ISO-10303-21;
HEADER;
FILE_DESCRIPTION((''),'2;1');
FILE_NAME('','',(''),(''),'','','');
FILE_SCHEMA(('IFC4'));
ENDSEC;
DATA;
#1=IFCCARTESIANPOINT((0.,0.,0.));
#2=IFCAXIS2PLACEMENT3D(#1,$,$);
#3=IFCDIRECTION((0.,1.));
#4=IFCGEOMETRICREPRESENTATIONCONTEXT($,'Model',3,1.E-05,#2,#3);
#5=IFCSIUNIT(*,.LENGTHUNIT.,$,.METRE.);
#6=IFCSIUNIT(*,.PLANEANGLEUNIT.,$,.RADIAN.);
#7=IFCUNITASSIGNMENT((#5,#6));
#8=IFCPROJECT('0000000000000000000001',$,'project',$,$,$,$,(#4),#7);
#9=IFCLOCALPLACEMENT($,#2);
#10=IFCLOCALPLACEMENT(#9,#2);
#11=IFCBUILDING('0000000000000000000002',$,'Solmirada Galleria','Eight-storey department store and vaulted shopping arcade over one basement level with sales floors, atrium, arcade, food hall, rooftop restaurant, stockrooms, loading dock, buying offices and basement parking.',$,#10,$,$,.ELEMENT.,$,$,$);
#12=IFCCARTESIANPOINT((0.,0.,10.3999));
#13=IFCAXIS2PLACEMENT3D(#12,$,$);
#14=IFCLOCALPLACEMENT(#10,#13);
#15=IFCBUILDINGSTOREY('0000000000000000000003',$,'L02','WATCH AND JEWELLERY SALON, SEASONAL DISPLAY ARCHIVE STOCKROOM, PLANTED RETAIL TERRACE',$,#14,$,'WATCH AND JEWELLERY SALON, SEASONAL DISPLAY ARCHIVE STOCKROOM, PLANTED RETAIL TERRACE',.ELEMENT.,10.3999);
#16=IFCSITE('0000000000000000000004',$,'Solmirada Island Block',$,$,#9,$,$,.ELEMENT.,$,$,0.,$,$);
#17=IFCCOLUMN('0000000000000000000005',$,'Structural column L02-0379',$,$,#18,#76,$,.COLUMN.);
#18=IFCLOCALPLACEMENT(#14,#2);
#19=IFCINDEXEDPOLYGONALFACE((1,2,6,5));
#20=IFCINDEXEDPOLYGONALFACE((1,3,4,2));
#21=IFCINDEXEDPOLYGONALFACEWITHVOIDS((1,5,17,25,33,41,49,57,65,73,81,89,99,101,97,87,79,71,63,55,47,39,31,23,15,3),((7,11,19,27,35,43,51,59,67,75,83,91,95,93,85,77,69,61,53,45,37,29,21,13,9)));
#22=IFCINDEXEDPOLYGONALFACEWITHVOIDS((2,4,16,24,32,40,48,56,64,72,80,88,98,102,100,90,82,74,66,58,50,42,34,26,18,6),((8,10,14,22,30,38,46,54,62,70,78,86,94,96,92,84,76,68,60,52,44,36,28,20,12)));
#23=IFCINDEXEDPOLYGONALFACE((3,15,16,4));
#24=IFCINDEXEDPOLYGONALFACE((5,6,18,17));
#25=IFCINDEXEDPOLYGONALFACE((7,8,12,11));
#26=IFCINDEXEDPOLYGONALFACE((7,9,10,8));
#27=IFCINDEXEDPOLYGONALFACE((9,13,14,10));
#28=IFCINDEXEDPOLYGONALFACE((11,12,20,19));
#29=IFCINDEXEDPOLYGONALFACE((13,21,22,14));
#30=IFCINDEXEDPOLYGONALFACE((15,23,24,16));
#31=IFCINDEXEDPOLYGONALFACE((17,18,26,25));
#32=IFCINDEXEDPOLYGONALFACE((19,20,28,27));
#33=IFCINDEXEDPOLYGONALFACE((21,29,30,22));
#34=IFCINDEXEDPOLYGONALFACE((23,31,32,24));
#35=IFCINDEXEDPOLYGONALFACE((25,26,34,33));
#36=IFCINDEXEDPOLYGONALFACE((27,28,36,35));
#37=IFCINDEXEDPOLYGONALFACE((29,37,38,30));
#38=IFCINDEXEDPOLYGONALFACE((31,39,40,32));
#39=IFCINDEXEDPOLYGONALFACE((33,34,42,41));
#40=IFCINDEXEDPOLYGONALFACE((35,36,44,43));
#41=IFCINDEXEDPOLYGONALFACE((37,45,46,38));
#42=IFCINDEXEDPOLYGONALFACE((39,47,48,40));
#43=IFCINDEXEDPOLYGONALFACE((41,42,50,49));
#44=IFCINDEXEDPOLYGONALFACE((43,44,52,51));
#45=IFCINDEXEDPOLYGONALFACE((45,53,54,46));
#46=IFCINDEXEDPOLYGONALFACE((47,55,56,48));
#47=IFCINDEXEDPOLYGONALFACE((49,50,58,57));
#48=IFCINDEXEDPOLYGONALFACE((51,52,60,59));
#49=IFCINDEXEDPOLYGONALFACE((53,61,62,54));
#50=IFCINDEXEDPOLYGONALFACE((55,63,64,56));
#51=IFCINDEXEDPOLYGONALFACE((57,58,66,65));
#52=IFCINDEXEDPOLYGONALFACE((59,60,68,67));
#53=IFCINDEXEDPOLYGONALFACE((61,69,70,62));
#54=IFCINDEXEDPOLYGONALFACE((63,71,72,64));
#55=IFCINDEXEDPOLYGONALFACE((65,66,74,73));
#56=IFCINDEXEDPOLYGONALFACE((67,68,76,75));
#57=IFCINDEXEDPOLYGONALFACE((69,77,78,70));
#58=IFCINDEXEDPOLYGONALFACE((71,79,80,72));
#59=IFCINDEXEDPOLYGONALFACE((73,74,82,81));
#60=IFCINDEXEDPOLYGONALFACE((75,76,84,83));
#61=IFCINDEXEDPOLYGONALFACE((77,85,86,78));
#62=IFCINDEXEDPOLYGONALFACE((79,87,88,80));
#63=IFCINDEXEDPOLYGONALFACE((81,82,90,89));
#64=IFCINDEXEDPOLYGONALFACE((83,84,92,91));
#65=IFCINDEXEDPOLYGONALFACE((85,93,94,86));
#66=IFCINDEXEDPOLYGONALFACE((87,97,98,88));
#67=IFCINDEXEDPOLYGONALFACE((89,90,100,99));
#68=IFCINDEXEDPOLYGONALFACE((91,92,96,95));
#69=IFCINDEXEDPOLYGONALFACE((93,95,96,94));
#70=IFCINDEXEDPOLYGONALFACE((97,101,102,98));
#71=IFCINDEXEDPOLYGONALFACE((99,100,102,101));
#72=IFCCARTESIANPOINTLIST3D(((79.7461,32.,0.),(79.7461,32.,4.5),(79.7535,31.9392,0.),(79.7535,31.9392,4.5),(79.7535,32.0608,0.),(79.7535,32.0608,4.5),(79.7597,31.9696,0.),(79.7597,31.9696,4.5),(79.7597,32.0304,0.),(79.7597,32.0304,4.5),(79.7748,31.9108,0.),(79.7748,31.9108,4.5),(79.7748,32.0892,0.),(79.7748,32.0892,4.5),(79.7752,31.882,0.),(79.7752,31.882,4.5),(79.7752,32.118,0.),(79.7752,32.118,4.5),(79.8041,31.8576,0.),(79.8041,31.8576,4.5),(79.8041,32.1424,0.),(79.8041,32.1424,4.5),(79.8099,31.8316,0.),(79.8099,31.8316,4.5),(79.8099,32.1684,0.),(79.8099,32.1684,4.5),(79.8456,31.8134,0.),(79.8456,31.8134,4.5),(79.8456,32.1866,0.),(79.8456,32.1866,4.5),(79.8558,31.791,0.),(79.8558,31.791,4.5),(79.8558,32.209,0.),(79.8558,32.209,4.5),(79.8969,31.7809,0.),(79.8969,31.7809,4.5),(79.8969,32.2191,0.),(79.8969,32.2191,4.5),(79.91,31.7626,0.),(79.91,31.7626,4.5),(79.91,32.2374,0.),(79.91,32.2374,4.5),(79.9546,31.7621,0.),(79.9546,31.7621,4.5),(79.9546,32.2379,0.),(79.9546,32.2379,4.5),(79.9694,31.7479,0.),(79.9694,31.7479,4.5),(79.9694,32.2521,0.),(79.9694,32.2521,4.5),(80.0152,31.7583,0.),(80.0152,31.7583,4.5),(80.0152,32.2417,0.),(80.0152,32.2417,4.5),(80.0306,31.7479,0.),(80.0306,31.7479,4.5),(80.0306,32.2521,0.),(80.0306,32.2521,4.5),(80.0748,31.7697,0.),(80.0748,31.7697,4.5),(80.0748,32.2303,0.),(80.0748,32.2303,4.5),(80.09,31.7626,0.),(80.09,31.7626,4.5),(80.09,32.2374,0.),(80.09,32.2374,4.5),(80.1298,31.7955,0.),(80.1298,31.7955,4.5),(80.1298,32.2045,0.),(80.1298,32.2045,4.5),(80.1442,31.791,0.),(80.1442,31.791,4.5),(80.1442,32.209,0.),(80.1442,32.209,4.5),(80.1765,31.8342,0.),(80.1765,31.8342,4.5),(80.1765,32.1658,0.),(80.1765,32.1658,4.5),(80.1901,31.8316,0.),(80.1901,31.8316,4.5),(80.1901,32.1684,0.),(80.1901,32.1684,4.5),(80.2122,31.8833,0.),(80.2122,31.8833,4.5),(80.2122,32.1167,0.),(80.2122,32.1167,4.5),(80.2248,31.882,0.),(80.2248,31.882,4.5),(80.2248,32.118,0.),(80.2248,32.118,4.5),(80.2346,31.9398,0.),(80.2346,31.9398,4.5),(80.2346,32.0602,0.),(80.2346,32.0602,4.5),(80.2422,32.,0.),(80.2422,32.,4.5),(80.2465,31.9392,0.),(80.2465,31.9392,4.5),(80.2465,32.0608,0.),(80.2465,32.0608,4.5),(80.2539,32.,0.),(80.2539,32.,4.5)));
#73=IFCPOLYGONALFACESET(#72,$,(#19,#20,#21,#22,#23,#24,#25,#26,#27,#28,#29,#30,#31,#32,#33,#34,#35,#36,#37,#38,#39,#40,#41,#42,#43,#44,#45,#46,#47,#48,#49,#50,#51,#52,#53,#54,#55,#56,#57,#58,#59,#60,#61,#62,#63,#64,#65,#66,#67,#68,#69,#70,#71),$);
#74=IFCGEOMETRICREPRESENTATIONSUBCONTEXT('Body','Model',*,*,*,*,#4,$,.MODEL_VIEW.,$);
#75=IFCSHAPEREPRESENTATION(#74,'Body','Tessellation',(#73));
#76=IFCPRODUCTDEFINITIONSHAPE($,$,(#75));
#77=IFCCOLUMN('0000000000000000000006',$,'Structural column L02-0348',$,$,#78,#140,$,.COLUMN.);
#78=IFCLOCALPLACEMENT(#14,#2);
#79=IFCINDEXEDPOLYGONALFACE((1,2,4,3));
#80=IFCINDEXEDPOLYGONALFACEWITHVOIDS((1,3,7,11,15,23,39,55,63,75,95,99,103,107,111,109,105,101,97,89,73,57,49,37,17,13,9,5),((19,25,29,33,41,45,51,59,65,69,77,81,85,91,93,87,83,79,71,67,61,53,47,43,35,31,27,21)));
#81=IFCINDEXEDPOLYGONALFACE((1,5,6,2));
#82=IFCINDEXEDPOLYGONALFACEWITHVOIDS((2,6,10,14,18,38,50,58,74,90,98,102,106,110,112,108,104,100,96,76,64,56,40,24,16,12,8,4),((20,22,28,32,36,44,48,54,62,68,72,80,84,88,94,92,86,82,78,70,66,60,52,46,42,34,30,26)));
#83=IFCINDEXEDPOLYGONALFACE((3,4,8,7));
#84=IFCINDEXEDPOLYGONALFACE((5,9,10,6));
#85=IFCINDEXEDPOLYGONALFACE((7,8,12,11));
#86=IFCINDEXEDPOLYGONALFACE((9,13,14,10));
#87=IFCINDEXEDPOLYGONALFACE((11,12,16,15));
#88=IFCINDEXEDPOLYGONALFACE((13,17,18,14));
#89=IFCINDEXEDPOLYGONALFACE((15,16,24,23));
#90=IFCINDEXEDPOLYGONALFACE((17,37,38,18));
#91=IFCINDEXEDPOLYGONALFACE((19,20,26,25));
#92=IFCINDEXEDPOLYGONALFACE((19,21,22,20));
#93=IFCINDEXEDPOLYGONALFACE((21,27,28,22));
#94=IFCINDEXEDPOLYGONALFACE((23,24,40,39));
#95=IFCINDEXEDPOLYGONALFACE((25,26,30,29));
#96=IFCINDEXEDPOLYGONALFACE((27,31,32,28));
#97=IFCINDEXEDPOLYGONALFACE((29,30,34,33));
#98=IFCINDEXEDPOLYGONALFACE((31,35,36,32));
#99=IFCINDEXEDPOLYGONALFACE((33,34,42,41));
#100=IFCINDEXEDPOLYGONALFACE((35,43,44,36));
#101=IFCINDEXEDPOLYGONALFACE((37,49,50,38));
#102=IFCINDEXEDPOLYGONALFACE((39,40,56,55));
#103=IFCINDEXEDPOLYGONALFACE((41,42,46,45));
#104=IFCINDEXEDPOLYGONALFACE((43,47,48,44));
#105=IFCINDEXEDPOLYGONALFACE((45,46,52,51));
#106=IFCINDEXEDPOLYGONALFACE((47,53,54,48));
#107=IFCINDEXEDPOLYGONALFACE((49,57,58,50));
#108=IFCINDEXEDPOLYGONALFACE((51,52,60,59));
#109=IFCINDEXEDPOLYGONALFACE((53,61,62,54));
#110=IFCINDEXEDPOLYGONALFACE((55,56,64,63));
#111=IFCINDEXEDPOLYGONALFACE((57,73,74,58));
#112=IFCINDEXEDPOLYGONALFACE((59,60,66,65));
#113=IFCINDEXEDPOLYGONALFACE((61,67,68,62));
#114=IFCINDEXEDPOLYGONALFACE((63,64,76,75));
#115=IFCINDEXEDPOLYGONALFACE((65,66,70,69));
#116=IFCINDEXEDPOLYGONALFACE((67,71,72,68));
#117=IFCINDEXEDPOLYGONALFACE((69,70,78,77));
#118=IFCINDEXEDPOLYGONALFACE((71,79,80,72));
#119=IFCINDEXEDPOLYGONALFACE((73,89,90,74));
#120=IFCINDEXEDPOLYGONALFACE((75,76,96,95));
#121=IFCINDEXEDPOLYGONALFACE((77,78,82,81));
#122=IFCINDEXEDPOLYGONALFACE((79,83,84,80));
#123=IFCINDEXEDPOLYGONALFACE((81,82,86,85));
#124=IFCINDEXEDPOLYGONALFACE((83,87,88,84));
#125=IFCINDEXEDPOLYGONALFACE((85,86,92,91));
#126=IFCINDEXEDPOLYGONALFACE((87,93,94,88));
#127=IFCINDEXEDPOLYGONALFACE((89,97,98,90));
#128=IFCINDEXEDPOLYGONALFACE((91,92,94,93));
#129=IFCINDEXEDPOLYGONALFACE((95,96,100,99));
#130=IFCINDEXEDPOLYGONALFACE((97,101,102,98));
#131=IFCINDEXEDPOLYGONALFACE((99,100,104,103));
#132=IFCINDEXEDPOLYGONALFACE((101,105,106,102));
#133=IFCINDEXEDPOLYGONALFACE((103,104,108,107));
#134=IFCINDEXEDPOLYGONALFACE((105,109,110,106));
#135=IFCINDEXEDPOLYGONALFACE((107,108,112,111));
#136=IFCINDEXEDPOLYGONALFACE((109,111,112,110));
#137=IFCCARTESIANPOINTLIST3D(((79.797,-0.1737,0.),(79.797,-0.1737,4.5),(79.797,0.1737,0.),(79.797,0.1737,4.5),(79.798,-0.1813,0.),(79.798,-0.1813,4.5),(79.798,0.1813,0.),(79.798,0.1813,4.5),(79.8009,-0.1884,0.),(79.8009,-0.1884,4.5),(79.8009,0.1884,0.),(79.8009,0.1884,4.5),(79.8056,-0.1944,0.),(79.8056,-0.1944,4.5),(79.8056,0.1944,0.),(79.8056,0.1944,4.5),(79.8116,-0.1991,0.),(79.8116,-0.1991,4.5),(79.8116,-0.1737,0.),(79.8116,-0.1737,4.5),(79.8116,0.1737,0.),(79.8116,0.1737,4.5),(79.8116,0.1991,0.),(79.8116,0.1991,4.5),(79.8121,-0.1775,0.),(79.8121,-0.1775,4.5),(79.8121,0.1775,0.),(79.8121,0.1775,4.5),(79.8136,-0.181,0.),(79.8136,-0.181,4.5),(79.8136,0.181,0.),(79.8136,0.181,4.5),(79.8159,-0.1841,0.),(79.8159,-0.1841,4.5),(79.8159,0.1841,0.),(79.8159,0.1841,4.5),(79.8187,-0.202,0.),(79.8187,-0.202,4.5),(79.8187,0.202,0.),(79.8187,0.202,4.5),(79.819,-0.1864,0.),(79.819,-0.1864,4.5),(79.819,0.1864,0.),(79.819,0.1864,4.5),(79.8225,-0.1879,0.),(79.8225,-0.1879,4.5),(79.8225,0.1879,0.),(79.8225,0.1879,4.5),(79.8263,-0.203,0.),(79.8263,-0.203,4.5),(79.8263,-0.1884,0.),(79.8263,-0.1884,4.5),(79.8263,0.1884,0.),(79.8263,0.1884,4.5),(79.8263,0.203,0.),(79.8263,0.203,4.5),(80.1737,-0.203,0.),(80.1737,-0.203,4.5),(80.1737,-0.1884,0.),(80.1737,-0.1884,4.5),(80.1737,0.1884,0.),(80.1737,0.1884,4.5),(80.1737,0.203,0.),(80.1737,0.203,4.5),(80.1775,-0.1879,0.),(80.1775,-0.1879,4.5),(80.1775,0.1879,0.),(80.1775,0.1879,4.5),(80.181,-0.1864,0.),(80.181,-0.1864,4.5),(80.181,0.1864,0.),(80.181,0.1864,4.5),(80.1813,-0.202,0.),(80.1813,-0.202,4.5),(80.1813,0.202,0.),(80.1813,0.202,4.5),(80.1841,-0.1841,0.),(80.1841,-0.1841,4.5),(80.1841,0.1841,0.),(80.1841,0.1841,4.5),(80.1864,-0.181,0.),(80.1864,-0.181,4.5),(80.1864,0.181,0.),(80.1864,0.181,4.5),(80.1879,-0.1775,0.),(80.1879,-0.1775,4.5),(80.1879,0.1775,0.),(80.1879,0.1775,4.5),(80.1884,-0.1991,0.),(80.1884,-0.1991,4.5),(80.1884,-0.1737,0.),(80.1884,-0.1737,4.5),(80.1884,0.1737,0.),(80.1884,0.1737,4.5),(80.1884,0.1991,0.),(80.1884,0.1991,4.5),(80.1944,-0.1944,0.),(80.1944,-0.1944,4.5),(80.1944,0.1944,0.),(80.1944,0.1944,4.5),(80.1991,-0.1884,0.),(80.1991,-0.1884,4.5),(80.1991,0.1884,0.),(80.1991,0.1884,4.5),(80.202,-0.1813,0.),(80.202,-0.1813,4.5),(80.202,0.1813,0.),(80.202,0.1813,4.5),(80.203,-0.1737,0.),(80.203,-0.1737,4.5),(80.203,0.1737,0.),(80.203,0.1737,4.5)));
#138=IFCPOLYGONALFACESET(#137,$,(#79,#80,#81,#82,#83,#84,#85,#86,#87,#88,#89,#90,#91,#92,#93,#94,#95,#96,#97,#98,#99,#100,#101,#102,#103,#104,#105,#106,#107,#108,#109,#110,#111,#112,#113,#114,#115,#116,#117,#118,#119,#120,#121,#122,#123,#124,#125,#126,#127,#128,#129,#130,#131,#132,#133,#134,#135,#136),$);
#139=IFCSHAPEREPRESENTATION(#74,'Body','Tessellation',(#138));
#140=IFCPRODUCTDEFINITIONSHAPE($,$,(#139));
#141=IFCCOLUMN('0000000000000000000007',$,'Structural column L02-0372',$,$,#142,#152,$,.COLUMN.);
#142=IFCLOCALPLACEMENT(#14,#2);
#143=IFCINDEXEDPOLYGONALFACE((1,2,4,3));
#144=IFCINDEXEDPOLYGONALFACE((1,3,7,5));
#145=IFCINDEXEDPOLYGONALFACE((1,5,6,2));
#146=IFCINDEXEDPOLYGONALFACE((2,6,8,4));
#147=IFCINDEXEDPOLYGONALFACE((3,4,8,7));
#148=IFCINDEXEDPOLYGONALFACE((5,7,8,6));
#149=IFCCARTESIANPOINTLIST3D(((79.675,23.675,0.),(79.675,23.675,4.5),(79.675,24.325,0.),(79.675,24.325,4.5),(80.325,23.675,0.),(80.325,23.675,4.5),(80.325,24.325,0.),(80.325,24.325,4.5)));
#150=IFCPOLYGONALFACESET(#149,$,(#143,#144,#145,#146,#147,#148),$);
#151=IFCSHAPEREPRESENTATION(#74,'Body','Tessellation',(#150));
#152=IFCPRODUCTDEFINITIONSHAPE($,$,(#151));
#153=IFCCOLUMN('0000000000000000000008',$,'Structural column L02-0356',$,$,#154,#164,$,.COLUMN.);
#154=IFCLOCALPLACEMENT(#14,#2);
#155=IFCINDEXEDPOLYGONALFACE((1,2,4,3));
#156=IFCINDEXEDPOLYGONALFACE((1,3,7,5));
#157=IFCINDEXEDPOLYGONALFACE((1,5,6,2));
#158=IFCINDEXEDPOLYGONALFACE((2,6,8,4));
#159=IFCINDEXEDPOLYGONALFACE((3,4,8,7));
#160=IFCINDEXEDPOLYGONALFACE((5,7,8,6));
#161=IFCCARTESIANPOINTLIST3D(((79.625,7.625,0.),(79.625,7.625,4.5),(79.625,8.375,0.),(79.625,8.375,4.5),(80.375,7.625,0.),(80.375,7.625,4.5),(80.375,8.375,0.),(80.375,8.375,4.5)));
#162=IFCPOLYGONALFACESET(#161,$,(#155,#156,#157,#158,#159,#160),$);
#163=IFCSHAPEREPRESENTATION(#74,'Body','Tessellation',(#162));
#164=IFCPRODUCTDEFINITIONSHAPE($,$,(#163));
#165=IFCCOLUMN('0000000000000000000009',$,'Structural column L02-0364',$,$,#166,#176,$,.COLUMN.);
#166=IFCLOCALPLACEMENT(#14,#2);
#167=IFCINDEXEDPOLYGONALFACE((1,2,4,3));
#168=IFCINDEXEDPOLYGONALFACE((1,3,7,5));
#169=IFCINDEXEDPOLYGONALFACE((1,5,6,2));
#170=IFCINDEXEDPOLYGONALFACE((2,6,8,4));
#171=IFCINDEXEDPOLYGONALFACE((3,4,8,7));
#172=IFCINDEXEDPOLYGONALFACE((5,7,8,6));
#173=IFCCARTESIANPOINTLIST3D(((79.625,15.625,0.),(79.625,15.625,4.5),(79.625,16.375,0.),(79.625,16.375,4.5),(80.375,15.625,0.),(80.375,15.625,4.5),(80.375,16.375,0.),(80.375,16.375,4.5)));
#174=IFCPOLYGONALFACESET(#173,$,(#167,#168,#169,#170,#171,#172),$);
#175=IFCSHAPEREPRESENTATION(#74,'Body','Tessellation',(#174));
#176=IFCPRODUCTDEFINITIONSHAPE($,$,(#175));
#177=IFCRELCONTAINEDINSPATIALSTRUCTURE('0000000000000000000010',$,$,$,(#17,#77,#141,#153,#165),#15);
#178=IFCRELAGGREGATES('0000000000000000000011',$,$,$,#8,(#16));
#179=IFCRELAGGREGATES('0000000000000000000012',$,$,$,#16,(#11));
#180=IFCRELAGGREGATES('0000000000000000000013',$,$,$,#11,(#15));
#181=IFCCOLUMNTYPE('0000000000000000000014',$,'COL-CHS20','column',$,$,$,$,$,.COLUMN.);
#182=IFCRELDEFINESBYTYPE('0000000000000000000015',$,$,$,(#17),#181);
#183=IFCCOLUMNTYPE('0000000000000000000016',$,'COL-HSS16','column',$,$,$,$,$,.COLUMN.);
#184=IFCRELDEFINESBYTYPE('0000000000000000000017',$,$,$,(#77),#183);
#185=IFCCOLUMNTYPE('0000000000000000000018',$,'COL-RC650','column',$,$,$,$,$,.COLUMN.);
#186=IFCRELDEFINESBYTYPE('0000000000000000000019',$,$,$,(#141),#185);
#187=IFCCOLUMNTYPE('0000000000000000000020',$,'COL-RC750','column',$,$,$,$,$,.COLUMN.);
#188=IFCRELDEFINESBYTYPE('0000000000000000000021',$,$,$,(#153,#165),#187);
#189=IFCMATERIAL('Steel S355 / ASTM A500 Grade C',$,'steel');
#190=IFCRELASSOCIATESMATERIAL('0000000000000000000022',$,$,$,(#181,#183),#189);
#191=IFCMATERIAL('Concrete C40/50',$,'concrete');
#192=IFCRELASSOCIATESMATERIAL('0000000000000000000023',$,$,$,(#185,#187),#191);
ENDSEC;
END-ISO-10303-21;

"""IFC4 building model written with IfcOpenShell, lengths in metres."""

from ifc_helpers import new_model, si_unit, direction, frame, origin, origin_2d, place, context, subcontext, project, spatial, rectangle, hollow_rectangle, hollow_circle, extrude, material, material_profile, profile_set, type_object, element, save


model = new_model("IFC4")

# Units and contexts
model_context = context("Model", 3, precision=1e-05, world=origin(), true_north=direction((0.0, 1.0)))
body_context = subcontext(model_context, "Body", "Model", "MODEL_VIEW")
ifc_project = project(units=[si_unit("LENGTHUNIT", "METRE"), si_unit("PLANEANGLEUNIT", "RADIAN")], contexts=[model_context])

# Site, building, storey
site_placement = place(None, origin())
site = spatial("IfcSite", under=ifc_project, at=site_placement, Name="Solmirada Island Block", CompositionType="ELEMENT", RefElevation=0.0)
building_placement = place(site_placement, origin())
building = spatial("IfcBuilding", under=site, at=building_placement, Name="Solmirada Galleria", Description="Eight-storey department store and vaulted shopping arcade over one basement level with sales floors, atrium, arcade, food hall, rooftop restaurant, stockrooms, loading dock, buying offices and basement parking.", CompositionType="ELEMENT")
storey_placement = place(building_placement, frame((0.0, 0.0, 10.3999)))
storey = spatial("IfcBuildingStorey", under=building, at=storey_placement, Name="L02", Description="WATCH AND JEWELLERY SALON, SEASONAL DISPLAY ARCHIVE STOCKROOM, PLANTED RETAIL TERRACE", LongName="WATCH AND JEWELLERY SALON, SEASONAL DISPLAY ARCHIVE STOCKROOM, PLANTED RETAIL TERRACE", CompositionType="ELEMENT", Elevation=10.3999)

# Columns
ifc_material_1 = material(Name="Steel S355 / ASTM A500 Grade C", Category="steel")
ifc_material_profile_1 = material_profile(ifc_material_1, hollow_circle(Radius=0.2539, WallThickness=0.0117, at=origin_2d()), Name="HSS20.000X0.500")
ifc_profile_set_1 = profile_set([ifc_material_profile_1], Name="Steel S355 / ASTM A500 Grade C")
column_type_1 = type_object("IfcColumnType", Name="COL-CHS20", Description="column", PredefinedType="COLUMN", material=ifc_profile_set_1)
column_1_placement = place(storey_placement, frame((80.0, 32.0, 0.0), z_axis=(0.0, 0.0, 1.0), x_axis=(1.0, 0.0, 0.0)))
element("IfcColumn", 1, at=column_1_placement, inside=storey, type_object=column_type_1, Name="Structural column L02-0379", PredefinedType="COLUMN", context=body_context, shape_type="SweptSolid", body=[
    extrude(hollow_circle(Radius=0.2539, WallThickness=0.0117, at=origin_2d()), origin(), (0.0, 0.0, 1.0), 4.5),
])
ifc_material_profile_2 = material_profile(ifc_material_1, hollow_rectangle(XDim=0.406, YDim=0.406, WallThickness=0.0146, InnerFilletRadius=0.0146, OuterFilletRadius=0.0293, at=origin_2d()), Name="HSS16X16X5/8")
ifc_profile_set_2 = profile_set([ifc_material_profile_2], Name="Steel S355 / ASTM A500 Grade C")
column_type_2 = type_object("IfcColumnType", Name="COL-HSS16", Description="column", PredefinedType="COLUMN", material=ifc_profile_set_2)
column_2_placement = place(storey_placement, frame((80.0, 0.0, 0.0), z_axis=(0.0, 0.0, 1.0), x_axis=(1.0, 0.0, 0.0)))
element("IfcColumn", 2, at=column_2_placement, inside=storey, type_object=column_type_2, Name="Structural column L02-0348", PredefinedType="COLUMN", context=body_context, shape_type="SweptSolid", body=[
    extrude(hollow_rectangle(XDim=0.406, YDim=0.406, WallThickness=0.0146, InnerFilletRadius=0.0146, OuterFilletRadius=0.0293, at=origin_2d()), origin(), (0.0, 0.0, 1.0), 4.5),
])
ifc_material_2 = material(Name="Concrete C40/50", Category="concrete")
ifc_material_profile_3 = material_profile(ifc_material_2, rectangle(XDim=0.6499, YDim=0.6499, at=origin_2d()), Name="RC650X650")
ifc_profile_set_3 = profile_set([ifc_material_profile_3], Name="Concrete C40/50")
column_type_3 = type_object("IfcColumnType", Name="COL-RC650", Description="column", PredefinedType="COLUMN", material=ifc_profile_set_3)
column_3_placement = place(storey_placement, frame((80.0, 24.0, 0.0), z_axis=(0.0, 0.0, 1.0), x_axis=(1.0, 0.0, 0.0)))
element("IfcColumn", 3, at=column_3_placement, inside=storey, type_object=column_type_3, Name="Structural column L02-0372", PredefinedType="COLUMN", context=body_context, shape_type="SweptSolid", body=[
    extrude(rectangle(XDim=0.6499, YDim=0.6499, at=origin_2d()), origin(), (0.0, 0.0, 1.0), 4.5),
])
ifc_material_profile_4 = material_profile(ifc_material_2, rectangle(XDim=0.75, YDim=0.75, at=origin_2d()), Name="RC750X750")
ifc_profile_set_4 = profile_set([ifc_material_profile_4], Name="Concrete C40/50")
column_type_4 = type_object("IfcColumnType", Name="COL-RC750", Description="column", PredefinedType="COLUMN", material=ifc_profile_set_4)
for number, where, z_axis, x_axis, name in (
    (4, (80.0, 8.0, 0.0), (0.0, 0.0, 1.0), (1.0, 0.0, 0.0), "Structural column L02-0356"),
    (5, (80.0, 16.0, 0.0), (0.0, 0.0, 1.0), (1.0, 0.0, 0.0), "Structural column L02-0364"),
):
    element("IfcColumn", number, at=place(storey_placement, frame(where, z_axis=z_axis, x_axis=x_axis)), inside=storey, type_object=column_type_4, Name=name, PredefinedType="COLUMN", context=body_context, shape_type="SweptSolid", body=[
        extrude(rectangle(XDim=0.75, YDim=0.75, at=origin_2d()), origin(), (0.0, 0.0, 1.0), 4.5),
    ])

save(model, "model.ifc")
